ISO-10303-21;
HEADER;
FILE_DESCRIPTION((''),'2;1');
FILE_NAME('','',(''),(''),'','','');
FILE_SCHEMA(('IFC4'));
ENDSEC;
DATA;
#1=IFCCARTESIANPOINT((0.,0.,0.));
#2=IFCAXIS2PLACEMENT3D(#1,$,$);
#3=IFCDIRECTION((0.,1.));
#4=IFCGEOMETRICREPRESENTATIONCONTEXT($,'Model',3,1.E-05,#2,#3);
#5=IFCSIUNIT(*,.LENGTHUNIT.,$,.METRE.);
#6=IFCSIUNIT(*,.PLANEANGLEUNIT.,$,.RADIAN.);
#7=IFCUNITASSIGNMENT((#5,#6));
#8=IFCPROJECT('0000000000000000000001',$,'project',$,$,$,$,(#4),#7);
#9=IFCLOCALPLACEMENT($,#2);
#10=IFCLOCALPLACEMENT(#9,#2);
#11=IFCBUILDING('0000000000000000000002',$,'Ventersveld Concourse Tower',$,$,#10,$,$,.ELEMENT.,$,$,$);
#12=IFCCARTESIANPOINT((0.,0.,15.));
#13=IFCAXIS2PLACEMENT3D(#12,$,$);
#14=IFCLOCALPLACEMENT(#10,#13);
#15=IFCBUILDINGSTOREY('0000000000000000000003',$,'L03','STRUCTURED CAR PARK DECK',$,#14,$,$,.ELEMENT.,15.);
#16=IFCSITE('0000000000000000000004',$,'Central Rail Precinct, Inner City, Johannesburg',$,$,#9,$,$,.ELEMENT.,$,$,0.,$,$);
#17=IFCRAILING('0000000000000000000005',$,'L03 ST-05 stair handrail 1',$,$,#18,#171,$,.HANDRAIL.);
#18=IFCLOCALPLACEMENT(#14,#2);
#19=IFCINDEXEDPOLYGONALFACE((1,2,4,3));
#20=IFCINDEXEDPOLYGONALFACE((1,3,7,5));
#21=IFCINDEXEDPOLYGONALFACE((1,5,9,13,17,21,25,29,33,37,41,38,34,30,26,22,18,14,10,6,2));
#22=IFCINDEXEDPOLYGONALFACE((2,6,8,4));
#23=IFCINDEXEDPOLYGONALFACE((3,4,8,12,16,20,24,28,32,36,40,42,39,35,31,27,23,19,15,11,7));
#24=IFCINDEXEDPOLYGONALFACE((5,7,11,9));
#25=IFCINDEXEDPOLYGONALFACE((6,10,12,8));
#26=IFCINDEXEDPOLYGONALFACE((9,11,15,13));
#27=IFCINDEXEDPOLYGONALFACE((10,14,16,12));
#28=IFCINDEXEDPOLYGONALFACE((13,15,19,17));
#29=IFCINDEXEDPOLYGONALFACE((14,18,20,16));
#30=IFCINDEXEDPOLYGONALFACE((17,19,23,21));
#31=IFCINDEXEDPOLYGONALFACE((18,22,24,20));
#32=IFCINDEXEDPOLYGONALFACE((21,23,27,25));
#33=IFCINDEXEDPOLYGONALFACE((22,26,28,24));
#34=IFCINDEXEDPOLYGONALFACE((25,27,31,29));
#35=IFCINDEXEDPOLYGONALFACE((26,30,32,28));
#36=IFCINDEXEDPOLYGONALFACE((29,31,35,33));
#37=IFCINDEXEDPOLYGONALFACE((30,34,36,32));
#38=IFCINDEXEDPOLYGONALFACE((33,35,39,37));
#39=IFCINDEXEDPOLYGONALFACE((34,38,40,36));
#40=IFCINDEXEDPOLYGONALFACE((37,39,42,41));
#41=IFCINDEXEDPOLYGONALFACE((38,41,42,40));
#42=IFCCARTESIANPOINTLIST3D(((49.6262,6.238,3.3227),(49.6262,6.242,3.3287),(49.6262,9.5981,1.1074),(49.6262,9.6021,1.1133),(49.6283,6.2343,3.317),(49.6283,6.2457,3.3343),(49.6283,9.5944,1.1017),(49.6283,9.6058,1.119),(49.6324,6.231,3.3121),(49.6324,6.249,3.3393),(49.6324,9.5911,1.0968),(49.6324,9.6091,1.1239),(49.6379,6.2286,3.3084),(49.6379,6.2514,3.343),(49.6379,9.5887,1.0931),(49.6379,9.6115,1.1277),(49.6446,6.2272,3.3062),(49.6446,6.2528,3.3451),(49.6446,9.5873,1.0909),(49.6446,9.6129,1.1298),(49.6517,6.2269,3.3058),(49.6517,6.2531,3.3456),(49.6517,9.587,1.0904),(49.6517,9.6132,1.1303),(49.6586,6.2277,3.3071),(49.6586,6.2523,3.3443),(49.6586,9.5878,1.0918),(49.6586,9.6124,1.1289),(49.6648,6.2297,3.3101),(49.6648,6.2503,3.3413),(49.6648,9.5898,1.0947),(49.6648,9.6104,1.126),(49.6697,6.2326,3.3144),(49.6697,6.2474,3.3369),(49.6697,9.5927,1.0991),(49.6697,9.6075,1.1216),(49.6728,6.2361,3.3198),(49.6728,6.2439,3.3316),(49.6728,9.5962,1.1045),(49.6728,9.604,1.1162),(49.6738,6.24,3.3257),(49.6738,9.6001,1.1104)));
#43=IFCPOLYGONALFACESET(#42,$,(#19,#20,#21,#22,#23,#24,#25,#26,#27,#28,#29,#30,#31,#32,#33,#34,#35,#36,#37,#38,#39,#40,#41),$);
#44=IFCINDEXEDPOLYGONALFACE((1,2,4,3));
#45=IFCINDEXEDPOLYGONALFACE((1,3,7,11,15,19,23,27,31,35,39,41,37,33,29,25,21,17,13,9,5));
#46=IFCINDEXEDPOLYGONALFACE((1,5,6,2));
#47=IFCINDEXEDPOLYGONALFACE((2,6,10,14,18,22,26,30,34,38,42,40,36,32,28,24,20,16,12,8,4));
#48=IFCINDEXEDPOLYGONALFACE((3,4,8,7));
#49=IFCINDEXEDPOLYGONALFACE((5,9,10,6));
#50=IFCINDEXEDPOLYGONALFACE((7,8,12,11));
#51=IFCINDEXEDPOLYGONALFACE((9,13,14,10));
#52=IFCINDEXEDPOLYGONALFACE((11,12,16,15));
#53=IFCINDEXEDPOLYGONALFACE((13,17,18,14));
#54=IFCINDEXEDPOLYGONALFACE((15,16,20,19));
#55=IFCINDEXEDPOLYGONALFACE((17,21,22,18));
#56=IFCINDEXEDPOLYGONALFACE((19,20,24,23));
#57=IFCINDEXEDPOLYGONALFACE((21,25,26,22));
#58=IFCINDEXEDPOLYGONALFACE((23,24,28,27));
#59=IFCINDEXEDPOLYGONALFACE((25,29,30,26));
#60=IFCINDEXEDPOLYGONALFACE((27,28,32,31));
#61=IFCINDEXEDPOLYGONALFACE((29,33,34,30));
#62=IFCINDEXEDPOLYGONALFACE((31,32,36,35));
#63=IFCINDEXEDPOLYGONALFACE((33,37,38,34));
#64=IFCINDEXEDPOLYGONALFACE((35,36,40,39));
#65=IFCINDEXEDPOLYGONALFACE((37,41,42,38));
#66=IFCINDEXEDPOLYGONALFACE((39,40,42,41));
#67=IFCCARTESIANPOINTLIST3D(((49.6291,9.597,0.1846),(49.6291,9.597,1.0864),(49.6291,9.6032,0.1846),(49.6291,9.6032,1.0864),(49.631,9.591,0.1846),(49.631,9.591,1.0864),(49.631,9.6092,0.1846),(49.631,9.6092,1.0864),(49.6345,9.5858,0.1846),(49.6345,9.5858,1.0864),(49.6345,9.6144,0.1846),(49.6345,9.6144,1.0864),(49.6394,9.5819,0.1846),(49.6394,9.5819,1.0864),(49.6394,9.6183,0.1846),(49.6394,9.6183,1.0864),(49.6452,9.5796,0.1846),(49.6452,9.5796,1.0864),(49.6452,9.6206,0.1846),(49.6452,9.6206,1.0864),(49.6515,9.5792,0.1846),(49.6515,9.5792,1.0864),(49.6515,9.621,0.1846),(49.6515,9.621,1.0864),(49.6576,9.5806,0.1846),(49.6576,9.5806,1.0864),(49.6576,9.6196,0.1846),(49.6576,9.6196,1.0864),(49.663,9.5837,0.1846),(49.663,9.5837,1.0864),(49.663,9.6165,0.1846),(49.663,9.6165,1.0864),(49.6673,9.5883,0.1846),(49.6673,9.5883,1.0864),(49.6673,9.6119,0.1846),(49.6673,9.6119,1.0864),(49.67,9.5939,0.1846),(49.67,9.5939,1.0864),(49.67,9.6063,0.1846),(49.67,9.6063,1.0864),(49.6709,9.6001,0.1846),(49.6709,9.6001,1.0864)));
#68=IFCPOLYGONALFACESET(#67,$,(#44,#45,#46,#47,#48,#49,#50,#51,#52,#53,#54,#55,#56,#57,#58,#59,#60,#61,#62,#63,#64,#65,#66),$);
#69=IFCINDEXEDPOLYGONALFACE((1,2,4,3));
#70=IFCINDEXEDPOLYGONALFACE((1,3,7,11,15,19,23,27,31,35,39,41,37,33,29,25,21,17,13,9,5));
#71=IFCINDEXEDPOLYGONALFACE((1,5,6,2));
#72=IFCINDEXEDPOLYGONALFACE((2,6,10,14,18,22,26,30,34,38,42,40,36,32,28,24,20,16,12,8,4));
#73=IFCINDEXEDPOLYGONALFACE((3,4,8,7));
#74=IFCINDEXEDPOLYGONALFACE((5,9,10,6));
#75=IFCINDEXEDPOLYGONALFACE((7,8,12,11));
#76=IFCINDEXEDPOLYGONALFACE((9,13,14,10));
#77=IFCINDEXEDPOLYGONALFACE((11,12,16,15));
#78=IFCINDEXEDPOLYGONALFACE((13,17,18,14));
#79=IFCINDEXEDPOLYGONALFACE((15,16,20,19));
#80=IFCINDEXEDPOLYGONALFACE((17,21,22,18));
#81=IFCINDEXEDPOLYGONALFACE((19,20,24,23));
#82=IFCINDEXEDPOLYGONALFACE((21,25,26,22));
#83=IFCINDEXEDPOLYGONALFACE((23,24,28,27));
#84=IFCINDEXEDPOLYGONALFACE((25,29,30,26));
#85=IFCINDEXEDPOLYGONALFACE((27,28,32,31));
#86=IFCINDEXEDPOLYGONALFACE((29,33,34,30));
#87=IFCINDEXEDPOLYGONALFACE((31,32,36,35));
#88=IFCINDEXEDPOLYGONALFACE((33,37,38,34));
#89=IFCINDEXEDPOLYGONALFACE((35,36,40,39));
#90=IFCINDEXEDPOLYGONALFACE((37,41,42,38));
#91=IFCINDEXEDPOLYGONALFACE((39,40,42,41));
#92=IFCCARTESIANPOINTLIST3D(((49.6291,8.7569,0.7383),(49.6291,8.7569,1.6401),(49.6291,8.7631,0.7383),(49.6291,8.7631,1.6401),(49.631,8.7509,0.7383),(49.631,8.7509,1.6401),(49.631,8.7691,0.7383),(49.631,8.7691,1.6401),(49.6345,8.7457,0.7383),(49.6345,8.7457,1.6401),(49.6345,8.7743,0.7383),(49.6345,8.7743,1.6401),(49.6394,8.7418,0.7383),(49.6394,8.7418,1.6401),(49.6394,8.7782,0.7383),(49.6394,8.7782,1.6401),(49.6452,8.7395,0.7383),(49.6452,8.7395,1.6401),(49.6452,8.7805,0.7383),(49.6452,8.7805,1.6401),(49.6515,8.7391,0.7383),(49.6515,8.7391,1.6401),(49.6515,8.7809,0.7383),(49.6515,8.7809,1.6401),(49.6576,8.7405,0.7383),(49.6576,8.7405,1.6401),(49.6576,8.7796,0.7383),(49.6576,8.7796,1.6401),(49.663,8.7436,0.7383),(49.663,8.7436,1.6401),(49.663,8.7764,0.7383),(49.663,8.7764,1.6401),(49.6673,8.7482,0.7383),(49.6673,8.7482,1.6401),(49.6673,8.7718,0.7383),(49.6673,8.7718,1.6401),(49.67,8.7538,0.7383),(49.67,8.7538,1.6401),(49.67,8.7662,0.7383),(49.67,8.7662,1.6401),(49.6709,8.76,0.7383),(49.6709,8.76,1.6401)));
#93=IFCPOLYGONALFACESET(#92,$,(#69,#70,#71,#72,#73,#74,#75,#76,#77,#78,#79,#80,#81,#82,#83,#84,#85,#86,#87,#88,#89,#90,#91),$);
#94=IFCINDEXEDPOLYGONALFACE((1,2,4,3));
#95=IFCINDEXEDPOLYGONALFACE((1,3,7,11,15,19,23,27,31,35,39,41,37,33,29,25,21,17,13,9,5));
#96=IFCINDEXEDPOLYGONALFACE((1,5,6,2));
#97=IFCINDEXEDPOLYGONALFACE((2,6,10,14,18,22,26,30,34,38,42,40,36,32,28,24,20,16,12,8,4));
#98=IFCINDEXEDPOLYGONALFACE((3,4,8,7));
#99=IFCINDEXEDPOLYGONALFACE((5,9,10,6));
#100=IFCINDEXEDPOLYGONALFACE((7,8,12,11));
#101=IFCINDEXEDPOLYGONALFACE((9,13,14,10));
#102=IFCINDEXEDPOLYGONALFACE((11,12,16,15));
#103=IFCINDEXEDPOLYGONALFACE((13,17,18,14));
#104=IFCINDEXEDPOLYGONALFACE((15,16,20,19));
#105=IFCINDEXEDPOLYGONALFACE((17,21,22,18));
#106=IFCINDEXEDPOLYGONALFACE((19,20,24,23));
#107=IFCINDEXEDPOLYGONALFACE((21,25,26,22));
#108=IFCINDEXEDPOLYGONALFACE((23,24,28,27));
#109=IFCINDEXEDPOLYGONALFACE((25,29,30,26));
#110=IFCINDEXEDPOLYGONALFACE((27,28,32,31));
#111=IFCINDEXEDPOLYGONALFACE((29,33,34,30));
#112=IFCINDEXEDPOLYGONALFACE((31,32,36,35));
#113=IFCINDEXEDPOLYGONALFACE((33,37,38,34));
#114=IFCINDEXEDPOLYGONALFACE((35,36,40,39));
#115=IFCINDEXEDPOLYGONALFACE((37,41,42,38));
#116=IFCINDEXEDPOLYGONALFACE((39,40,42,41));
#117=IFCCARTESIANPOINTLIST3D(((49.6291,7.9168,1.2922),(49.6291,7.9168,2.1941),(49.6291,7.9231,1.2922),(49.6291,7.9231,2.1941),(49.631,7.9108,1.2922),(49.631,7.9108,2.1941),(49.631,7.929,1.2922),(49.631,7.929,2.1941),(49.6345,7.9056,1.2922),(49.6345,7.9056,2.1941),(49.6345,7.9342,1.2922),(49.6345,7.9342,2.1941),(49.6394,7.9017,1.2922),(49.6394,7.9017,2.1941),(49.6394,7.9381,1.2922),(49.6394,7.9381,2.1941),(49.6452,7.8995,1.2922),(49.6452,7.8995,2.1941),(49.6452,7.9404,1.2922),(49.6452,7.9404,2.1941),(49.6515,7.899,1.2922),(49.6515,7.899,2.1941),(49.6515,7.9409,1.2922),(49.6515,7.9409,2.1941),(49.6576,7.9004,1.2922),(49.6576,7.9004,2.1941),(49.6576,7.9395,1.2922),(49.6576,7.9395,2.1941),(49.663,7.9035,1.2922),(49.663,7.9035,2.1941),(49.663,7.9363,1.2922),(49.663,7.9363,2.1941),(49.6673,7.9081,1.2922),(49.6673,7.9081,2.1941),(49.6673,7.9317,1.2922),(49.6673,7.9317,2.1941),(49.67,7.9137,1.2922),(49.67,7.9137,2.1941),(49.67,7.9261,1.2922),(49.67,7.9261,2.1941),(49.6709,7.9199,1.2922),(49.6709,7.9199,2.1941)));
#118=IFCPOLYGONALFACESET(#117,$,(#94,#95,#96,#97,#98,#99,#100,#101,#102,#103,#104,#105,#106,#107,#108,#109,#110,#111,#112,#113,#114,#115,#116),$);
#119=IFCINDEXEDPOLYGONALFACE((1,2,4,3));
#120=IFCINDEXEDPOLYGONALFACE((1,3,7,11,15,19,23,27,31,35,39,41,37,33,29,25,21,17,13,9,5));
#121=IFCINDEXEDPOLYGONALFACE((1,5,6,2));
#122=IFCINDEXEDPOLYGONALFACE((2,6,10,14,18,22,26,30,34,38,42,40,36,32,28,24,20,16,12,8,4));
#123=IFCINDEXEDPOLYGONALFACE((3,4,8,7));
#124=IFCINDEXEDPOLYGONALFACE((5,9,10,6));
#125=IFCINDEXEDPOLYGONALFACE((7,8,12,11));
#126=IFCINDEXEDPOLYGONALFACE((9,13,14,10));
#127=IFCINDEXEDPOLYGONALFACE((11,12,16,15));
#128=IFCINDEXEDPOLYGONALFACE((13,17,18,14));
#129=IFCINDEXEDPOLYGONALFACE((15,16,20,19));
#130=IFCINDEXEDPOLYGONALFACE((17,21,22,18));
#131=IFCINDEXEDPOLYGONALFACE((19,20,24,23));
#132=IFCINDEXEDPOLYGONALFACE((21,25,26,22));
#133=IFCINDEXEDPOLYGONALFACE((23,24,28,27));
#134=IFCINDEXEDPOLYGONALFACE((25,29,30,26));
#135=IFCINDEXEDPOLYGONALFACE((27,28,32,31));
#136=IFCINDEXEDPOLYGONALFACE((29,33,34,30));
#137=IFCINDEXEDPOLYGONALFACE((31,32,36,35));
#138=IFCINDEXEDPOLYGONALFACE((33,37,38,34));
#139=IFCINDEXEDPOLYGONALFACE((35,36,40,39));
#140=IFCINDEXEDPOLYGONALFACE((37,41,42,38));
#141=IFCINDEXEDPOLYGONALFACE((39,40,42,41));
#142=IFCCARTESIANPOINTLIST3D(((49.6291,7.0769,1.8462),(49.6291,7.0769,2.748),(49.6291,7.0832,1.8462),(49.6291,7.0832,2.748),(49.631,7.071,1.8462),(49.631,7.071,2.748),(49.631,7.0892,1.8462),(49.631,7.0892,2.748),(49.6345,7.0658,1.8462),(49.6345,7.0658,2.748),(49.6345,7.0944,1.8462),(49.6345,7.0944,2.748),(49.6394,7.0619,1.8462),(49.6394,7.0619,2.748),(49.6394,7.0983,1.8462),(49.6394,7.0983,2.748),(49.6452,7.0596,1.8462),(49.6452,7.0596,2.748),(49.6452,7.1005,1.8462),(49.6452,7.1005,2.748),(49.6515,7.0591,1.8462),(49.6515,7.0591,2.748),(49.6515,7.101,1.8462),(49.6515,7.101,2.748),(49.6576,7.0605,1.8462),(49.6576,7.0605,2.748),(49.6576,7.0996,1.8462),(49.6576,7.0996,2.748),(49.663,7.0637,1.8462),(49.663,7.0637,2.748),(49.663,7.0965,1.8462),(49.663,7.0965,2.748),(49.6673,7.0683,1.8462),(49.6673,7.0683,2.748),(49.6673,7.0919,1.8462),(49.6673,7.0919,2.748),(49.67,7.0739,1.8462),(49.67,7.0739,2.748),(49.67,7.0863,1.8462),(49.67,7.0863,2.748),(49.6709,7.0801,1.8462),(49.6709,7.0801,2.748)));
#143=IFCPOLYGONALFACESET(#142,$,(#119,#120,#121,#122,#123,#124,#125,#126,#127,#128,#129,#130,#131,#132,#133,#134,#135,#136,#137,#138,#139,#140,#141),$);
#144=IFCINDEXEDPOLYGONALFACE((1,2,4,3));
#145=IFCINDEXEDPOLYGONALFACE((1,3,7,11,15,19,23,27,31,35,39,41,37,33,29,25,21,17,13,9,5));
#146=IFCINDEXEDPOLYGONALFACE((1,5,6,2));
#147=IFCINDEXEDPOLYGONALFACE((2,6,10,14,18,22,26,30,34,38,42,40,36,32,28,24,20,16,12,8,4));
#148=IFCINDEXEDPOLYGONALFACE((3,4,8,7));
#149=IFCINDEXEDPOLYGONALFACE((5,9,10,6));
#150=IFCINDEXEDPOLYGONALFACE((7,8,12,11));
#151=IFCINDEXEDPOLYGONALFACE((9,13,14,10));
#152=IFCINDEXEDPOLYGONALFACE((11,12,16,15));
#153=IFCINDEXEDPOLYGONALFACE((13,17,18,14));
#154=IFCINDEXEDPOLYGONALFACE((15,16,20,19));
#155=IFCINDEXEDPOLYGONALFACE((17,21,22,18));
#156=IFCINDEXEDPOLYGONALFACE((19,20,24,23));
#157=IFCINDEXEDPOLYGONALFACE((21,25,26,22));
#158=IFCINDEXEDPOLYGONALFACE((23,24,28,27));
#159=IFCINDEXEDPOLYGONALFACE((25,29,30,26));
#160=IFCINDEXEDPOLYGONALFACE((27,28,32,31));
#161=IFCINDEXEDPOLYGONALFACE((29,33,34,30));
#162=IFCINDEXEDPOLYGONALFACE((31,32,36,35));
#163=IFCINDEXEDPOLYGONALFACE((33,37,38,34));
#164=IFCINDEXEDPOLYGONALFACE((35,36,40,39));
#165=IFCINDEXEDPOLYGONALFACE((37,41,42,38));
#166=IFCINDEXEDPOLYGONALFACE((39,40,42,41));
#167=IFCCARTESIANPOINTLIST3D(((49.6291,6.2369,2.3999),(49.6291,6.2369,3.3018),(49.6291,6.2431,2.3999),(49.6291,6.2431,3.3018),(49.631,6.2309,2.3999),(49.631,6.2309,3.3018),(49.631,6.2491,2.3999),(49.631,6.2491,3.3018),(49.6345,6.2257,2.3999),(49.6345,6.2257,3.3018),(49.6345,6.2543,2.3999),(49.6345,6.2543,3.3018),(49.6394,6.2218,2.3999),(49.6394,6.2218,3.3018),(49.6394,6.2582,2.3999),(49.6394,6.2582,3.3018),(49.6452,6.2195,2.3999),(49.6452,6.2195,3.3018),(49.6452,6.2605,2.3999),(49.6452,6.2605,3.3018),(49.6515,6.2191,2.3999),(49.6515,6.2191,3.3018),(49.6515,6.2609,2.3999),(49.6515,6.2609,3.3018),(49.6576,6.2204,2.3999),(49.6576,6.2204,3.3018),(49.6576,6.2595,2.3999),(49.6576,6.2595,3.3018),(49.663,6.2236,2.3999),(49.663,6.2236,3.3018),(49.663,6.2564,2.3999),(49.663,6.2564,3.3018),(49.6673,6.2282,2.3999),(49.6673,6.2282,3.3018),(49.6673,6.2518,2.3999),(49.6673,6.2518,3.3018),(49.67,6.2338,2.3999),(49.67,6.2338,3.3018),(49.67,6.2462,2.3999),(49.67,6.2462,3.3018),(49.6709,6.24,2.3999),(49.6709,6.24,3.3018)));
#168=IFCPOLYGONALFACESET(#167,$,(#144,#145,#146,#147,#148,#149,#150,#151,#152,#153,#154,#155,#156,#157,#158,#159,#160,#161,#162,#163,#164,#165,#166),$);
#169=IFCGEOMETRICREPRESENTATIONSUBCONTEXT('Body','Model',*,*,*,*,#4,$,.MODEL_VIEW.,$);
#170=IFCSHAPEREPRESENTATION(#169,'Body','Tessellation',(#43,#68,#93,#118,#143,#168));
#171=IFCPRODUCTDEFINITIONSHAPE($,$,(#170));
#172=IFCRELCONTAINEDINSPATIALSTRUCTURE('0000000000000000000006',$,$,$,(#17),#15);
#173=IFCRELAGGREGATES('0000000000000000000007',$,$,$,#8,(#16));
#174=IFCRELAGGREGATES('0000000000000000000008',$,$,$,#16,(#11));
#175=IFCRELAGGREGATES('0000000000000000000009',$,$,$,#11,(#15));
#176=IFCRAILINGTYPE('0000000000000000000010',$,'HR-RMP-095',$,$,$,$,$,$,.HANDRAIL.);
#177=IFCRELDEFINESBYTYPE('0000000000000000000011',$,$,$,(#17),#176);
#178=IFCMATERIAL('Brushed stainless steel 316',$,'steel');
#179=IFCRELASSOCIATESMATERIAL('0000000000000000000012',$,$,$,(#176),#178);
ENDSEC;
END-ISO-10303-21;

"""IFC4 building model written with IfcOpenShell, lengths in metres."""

from ifc_helpers import new_model, si_unit, direction, frame, origin, origin_2d, place, context, subcontext, project, spatial, circle, extrude, material, type_object, element, save


model = new_model("IFC4")

# Units and contexts
model_context = context("Model", 3, precision=1e-05, world=origin(), true_north=direction((0.0, 1.0)))
body_context = subcontext(model_context, "Body", "Model", "MODEL_VIEW")
ifc_project = project(units=[si_unit("LENGTHUNIT", "METRE"), si_unit("PLANEANGLEUNIT", "RADIAN")], contexts=[model_context])

# Site, building, storey
site_placement = place(None, origin())
site = spatial("IfcSite", under=ifc_project, at=site_placement, Name="Central Rail Precinct, Inner City, Johannesburg", CompositionType="ELEMENT", RefElevation=0.0)
building_placement = place(site_placement, origin())
building = spatial("IfcBuilding", under=site, at=building_placement, Name="Ventersveld Concourse Tower", CompositionType="ELEMENT")
storey_placement = place(building_placement, frame((0.0, 0.0, 15.0)))
storey = spatial("IfcBuildingStorey", under=building, at=storey_placement, Name="L03", Description="STRUCTURED CAR PARK DECK", CompositionType="ELEMENT", Elevation=15.0)

# Railing
ifc_material_1 = material(Name="Brushed stainless steel 316", Category="steel")
railing_type_1 = type_object("IfcRailingType", Name="HR-RMP-095", PredefinedType="HANDRAIL", material=ifc_material_1)
railing_1_placement = place(storey_placement, frame((49.6499, 9.6001, 0.1846)))
element("IfcRailing", 1, at=railing_1_placement, inside=storey, type_object=railing_type_1, Name="L03 ST-05 stair handrail 1", PredefinedType="HANDRAIL", context=body_context, shape_type="SweptSolid", body=[
    extrude(circle(Radius=0.0239, at=origin_2d()), frame((0.0, 0.0, 0.9258), z_axis=(0.0, -0.834876, 0.550437), x_axis=(1.0, 0.0, 0.0)), (0.0, 0.0, 1.0), 4.0247),
    extrude(circle(Radius=0.021, at=origin_2d()), origin(), (0.0, 0.0, 1.0), 0.9019),
    extrude(circle(Radius=0.021, at=origin_2d()), frame((0.0, -0.8401, 0.5537)), (0.0, 0.0, 1.0), 0.9019),
    extrude(circle(Radius=0.021, at=origin_2d()), frame((0.0, -1.6802, 1.1077)), (0.0, 0.0, 1.0), 0.9019),
    extrude(circle(Radius=0.021, at=origin_2d()), frame((0.0, -2.52, 1.6616)), (0.0, 0.0, 1.0), 0.9019),
    extrude(circle(Radius=0.021, at=origin_2d()), frame((0.0, -3.3601, 2.2153)), (0.0, 0.0, 1.0), 0.9019),
])

save(model, "model.ifc")
